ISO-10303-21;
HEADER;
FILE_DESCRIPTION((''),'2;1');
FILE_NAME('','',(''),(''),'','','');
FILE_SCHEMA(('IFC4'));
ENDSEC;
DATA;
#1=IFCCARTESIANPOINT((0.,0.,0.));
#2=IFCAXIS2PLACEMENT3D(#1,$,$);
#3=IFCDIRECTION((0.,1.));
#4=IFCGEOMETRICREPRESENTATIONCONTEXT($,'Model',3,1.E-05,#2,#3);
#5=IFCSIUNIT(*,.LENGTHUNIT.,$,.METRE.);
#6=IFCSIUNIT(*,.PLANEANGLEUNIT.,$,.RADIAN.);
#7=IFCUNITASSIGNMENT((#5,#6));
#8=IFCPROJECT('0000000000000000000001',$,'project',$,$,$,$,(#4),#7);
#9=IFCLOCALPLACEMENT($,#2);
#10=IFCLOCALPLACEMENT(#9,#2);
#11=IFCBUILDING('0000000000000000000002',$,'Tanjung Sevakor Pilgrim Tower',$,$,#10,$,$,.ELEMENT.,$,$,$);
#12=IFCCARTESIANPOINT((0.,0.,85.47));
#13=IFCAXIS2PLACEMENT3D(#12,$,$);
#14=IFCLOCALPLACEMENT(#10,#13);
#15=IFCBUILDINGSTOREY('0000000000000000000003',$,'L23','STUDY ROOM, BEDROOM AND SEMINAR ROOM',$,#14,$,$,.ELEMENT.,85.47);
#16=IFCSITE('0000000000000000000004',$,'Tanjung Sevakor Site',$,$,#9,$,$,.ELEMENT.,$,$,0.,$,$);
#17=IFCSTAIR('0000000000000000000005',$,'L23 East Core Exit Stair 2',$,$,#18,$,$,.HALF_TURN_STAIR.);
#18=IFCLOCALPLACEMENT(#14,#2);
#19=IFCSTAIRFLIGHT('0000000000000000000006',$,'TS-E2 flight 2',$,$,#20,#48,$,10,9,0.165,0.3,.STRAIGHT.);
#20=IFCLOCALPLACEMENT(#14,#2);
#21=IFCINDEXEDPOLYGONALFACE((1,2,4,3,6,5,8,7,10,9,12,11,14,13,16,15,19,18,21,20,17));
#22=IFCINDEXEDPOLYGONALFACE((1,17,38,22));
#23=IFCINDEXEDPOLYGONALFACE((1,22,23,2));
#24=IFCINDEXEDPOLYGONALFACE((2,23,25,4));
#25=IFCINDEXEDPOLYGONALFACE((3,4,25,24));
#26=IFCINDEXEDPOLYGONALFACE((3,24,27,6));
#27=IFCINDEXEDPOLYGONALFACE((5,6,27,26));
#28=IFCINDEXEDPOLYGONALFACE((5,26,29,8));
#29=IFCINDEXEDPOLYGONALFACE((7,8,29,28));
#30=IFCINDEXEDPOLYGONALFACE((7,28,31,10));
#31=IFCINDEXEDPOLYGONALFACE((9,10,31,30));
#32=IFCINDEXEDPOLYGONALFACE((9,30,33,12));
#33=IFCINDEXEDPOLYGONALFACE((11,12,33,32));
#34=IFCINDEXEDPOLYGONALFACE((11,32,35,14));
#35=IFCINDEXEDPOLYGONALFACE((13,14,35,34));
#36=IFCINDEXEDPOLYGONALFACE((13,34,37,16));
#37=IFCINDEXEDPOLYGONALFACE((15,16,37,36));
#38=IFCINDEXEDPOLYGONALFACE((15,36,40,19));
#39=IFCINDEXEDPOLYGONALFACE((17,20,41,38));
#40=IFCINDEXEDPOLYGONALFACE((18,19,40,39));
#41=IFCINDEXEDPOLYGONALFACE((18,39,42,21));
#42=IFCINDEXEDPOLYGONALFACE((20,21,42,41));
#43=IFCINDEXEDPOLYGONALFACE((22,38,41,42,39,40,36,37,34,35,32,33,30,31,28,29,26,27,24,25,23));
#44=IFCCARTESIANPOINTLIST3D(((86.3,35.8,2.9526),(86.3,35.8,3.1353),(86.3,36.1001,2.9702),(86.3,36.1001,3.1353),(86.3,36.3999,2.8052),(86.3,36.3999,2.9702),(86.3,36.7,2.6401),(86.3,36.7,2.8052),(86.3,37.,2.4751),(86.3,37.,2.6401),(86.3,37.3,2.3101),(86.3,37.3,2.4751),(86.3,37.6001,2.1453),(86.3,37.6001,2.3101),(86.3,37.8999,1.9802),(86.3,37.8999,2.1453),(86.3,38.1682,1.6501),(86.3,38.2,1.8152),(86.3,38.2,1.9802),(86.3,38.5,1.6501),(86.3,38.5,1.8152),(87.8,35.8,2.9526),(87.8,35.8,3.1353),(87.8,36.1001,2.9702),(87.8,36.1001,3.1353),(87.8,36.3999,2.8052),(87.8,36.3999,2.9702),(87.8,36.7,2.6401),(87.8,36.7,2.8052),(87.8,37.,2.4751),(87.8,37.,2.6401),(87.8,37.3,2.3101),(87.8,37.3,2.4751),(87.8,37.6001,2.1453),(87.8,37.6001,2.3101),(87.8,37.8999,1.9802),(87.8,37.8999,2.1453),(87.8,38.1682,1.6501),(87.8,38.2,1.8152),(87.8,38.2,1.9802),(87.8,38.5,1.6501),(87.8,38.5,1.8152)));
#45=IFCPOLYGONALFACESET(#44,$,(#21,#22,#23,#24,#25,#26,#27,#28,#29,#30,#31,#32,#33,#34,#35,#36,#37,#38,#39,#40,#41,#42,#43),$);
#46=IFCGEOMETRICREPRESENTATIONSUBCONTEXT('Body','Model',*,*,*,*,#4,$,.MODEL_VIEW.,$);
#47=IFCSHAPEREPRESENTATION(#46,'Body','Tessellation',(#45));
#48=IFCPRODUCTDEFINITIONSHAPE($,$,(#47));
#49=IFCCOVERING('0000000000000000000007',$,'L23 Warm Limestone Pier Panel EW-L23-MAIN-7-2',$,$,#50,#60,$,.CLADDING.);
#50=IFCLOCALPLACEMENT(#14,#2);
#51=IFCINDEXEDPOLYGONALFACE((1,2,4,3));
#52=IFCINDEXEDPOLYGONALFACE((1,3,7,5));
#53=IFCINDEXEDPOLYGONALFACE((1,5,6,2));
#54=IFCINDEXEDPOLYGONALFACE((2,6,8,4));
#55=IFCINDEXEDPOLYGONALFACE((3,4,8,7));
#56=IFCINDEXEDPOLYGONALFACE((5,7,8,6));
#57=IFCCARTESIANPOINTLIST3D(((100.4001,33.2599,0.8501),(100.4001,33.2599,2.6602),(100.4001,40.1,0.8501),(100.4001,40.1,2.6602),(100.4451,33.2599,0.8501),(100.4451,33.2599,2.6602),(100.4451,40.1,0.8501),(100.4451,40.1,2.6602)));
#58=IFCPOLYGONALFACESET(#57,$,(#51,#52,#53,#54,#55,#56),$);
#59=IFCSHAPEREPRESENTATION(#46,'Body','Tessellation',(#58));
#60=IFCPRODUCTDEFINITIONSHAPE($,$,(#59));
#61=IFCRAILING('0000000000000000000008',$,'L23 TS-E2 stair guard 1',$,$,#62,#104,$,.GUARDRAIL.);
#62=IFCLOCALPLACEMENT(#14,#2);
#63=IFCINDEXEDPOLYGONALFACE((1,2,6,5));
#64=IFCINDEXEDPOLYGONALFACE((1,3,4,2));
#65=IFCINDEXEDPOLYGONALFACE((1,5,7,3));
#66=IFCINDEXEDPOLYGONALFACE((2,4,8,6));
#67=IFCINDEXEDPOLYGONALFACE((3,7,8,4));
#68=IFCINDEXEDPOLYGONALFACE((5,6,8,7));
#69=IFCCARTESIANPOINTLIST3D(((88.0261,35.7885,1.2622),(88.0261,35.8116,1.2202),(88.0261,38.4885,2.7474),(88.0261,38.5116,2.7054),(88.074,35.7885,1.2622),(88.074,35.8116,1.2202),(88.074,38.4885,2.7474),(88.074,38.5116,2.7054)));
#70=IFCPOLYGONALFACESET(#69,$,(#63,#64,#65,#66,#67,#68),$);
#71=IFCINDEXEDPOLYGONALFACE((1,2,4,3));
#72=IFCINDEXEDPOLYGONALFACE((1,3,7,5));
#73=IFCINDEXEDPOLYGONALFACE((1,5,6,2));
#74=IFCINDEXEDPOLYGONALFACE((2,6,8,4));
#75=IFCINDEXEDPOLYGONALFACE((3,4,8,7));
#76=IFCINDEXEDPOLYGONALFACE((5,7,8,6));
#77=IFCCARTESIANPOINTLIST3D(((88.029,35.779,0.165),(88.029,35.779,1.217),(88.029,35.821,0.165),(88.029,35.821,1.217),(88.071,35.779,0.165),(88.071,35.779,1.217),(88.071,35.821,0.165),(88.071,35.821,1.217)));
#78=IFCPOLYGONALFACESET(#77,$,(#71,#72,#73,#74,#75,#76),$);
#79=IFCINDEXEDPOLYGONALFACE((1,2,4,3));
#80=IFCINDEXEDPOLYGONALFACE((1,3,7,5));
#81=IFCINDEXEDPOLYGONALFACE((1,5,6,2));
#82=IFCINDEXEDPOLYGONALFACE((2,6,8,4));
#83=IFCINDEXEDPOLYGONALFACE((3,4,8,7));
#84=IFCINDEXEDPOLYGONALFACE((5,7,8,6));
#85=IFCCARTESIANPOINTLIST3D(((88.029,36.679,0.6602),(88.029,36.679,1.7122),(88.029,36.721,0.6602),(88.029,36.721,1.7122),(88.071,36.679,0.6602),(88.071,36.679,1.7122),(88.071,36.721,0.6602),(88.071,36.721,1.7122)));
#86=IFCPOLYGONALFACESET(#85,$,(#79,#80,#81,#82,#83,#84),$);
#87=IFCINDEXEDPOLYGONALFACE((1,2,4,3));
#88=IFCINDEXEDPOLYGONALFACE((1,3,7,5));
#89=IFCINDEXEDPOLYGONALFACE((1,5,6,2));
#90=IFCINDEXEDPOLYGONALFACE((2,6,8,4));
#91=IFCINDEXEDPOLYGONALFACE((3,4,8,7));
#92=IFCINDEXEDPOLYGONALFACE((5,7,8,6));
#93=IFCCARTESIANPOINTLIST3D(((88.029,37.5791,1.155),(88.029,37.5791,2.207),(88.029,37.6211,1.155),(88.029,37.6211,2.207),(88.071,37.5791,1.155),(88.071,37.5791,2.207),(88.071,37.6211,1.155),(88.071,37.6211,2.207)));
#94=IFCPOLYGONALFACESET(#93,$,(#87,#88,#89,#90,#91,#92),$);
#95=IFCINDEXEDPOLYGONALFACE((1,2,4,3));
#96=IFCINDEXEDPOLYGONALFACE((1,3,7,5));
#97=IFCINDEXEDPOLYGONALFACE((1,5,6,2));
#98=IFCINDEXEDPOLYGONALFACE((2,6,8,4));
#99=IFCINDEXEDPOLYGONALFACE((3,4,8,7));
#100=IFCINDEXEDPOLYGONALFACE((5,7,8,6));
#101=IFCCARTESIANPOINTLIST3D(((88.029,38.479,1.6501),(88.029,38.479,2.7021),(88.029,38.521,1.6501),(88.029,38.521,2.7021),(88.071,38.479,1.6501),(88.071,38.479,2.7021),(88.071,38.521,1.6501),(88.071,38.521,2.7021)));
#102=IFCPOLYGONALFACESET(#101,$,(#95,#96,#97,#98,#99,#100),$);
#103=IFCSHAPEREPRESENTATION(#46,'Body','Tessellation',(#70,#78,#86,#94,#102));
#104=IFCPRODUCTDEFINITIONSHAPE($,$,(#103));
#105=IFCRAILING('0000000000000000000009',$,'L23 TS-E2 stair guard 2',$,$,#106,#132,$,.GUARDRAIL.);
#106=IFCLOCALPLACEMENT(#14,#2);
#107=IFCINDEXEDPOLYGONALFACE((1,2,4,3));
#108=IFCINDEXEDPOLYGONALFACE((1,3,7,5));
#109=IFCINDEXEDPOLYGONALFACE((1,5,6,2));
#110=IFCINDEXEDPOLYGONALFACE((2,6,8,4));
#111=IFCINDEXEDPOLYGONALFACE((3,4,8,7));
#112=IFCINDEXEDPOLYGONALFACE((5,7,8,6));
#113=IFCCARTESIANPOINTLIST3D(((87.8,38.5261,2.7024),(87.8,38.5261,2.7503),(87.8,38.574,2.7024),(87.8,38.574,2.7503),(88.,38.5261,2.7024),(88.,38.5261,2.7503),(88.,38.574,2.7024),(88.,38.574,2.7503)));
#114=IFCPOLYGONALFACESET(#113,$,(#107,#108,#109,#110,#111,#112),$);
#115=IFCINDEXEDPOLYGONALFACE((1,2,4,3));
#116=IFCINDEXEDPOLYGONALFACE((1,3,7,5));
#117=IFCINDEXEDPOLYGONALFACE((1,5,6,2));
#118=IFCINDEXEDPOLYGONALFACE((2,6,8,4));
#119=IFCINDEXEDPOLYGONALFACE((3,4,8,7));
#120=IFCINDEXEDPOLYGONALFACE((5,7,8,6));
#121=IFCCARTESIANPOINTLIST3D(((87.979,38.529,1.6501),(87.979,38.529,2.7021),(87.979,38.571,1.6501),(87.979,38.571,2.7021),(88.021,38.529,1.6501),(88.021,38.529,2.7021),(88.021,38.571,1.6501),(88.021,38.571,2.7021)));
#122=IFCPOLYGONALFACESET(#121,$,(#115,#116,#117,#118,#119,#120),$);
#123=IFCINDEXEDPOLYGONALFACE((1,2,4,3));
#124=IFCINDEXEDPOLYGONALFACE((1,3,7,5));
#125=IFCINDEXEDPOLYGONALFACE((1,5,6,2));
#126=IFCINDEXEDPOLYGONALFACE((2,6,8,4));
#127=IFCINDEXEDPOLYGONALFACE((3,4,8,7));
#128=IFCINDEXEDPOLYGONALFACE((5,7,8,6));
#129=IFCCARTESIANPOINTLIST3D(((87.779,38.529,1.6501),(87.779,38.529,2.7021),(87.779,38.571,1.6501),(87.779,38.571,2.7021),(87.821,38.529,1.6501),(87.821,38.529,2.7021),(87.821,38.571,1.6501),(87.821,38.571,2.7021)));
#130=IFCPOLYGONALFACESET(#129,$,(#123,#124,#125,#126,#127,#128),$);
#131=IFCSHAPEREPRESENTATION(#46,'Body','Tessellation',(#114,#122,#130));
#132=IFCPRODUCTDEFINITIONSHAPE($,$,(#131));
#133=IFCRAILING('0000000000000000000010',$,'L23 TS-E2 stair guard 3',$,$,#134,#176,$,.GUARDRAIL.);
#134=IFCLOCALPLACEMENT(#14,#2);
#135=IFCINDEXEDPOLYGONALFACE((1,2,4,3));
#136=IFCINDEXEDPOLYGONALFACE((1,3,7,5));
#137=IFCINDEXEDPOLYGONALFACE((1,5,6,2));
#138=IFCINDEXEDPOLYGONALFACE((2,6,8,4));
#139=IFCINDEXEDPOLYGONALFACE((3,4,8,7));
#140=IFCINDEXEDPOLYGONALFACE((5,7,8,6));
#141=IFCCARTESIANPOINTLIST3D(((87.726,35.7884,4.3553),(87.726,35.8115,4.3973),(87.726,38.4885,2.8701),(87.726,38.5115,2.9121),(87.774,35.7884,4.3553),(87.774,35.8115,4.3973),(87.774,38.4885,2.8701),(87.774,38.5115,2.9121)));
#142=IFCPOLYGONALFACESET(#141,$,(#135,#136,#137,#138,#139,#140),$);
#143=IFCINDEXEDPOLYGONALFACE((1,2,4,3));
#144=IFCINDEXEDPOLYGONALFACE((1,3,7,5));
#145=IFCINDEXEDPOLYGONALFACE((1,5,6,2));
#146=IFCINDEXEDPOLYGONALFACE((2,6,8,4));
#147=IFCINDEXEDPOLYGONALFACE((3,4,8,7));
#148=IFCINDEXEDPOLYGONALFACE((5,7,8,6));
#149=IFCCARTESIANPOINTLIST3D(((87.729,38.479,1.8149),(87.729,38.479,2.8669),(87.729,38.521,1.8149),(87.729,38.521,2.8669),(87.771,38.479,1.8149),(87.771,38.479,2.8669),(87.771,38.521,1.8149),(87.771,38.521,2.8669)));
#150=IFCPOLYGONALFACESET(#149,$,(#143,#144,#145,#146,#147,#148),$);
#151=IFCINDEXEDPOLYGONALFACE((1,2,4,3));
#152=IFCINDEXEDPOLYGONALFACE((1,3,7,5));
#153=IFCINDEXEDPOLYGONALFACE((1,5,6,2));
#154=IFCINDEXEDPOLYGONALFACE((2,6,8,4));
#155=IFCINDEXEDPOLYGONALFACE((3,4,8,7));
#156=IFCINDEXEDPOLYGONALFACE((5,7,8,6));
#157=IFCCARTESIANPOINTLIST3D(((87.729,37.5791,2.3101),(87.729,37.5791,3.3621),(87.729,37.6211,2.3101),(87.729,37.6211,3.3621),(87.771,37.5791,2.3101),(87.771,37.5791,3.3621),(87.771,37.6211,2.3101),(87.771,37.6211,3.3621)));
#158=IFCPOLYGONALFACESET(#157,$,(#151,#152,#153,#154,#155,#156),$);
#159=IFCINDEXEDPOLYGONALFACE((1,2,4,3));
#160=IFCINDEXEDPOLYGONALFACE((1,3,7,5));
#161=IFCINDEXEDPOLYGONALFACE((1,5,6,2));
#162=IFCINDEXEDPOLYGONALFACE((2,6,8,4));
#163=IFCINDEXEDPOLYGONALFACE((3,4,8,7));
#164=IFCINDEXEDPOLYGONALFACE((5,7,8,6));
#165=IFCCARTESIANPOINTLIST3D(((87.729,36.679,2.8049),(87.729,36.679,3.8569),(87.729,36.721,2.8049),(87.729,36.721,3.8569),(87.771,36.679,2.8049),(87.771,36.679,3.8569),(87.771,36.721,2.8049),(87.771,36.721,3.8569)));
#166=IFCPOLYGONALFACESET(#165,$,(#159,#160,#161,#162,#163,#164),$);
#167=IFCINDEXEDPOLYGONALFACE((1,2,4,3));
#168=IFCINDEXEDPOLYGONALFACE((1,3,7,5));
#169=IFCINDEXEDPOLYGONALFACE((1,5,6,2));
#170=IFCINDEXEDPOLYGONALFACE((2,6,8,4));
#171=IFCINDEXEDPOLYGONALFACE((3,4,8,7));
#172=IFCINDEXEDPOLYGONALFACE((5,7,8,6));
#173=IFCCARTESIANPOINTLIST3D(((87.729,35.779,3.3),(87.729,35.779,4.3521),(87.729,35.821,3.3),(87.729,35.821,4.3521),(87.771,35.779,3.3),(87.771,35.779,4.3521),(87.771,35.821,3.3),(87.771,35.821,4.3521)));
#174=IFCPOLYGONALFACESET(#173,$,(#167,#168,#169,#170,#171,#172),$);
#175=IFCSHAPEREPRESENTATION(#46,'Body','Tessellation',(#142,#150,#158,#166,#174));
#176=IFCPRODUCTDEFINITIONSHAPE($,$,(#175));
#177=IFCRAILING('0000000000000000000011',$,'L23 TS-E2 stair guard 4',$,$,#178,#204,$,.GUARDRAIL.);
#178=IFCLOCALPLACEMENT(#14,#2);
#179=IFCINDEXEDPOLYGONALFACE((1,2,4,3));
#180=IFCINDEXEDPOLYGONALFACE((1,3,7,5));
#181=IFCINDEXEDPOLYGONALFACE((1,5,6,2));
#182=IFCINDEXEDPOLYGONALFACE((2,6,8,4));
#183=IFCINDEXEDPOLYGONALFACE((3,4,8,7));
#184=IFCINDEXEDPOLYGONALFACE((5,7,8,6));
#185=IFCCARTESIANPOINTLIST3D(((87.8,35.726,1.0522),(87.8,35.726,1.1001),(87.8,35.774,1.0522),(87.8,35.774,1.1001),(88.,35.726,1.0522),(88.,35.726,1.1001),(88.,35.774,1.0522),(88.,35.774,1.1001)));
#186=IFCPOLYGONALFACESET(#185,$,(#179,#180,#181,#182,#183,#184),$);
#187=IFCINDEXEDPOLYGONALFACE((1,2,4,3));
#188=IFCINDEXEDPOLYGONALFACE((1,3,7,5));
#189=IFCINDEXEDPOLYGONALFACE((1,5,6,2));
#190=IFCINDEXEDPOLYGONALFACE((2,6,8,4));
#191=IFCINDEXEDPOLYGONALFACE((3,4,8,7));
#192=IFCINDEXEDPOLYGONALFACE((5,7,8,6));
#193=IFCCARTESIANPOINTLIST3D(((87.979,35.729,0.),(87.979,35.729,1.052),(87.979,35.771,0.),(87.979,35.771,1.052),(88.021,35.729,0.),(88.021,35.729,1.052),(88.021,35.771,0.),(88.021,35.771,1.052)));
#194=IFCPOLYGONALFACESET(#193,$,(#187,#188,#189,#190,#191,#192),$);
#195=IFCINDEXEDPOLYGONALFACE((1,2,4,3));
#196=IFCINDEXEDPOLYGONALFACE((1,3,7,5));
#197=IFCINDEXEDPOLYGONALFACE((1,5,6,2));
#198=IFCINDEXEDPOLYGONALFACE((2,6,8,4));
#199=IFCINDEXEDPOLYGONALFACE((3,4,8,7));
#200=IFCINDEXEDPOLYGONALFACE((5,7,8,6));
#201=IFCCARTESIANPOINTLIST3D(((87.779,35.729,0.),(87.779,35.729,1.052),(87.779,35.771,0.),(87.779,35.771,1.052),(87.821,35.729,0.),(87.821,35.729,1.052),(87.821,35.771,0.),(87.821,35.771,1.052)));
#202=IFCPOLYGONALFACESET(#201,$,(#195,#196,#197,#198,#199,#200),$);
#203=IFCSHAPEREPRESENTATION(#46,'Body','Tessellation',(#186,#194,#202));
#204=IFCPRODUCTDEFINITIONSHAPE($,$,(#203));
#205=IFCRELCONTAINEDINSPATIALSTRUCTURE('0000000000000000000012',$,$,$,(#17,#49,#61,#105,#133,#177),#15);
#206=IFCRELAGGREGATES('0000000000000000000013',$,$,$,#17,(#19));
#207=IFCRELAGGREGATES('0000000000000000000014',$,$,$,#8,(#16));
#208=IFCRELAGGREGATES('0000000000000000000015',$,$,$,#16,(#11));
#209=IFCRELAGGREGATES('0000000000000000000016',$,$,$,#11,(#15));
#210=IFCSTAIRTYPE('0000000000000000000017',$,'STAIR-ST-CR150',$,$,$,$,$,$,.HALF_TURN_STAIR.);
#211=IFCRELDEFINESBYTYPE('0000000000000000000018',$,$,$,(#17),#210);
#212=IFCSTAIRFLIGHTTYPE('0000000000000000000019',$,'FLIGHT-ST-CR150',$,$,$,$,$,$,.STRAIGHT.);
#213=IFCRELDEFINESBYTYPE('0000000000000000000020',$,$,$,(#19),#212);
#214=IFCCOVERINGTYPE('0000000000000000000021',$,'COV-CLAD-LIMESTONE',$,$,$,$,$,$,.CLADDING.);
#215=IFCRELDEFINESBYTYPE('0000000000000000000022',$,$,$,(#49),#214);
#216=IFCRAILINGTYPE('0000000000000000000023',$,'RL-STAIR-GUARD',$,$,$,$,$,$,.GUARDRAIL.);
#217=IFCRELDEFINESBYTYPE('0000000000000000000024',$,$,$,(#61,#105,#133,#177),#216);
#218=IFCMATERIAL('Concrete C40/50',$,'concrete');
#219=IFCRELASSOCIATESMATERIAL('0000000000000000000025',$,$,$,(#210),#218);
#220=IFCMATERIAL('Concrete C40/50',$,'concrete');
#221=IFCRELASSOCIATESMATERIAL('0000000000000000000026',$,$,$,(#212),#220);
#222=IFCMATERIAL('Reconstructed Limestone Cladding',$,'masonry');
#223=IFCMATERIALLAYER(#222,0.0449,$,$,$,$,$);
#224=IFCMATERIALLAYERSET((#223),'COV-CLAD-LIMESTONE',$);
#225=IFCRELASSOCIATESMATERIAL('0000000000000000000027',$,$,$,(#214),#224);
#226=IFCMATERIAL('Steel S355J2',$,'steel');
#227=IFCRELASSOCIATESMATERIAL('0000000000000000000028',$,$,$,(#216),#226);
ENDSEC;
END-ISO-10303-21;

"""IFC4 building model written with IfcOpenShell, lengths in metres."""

from ifc_helpers import new_model, si_unit, direction, frame, origin, origin_2d, place, context, subcontext, project, spatial, polyline, rectangle, outline, extrude, material, layer, layer_set, type_object, element, aggregate, save


model = new_model("IFC4")

# Units and contexts
model_context = context("Model", 3, precision=1e-05, world=origin(), true_north=direction((0.0, 1.0)))
body_context = subcontext(model_context, "Body", "Model", "MODEL_VIEW")
ifc_project = project(units=[si_unit("LENGTHUNIT", "METRE"), si_unit("PLANEANGLEUNIT", "RADIAN")], contexts=[model_context])

# Site, building, storey
site_placement = place(None, origin())
site = spatial("IfcSite", under=ifc_project, at=site_placement, Name="Tanjung Sevakor Site", CompositionType="ELEMENT", RefElevation=0.0)
building_placement = place(site_placement, origin())
building = spatial("IfcBuilding", under=site, at=building_placement, Name="Tanjung Sevakor Pilgrim Tower", CompositionType="ELEMENT")
storey_placement = place(building_placement, frame((0.0, 0.0, 85.47)))
storey = spatial("IfcBuildingStorey", under=building, at=storey_placement, Name="L23", Description="STUDY ROOM, BEDROOM AND SEMINAR ROOM", CompositionType="ELEMENT", Elevation=85.47)

# Stair, stair flight
ifc_material_1 = material(Name="Concrete C40/50", Category="concrete")
stair_type = type_object("IfcStairType", Name="STAIR-ST-CR150", PredefinedType="HALF_TURN_STAIR", material=ifc_material_1)
stair_placement = place(storey_placement, origin())
stair = element("IfcStair", 1, at=stair_placement, inside=storey, type_object=stair_type, Name="L23 East Core Exit Stair 2", PredefinedType="HALF_TURN_STAIR")
ifc_material_2 = material(Name="Concrete C40/50", Category="concrete")
stair_flight_type = type_object("IfcStairFlightType", Name="FLIGHT-ST-CR150", PredefinedType="STRAIGHT", material=ifc_material_2)
stair_flight_1_placement = place(storey_placement, frame((87.05, 38.5, 1.6501), z_axis=(0.0, 0.0, 1.0), x_axis=(0.0, -1.0, 0.0)))
stair_flight_1 = element("IfcStairFlight", 2, at=stair_flight_1_placement, type_object=stair_flight_type, Name="TS-E2 flight 2", NumberOfRisers=10, NumberOfTreads=9, PredefinedType="STRAIGHT", RiserHeight=0.165, TreadLength=0.3, context=body_context, shape_type="SweptSolid", body=[
    extrude(outline(polyline([(0.0, 0.0), (0.0, 0.165), (0.3, 0.165), (0.3, 0.3301), (0.6001, 0.3301), (0.6001, 0.4951), (0.8999, 0.4951), (0.8999, 0.6599), (1.2, 0.6599), (1.2, 0.825), (1.5, 0.825), (1.5, 0.99), (1.8, 0.99), (1.8, 1.155), (2.1001, 1.155), (2.1001, 1.3201), (2.3999, 1.3201), (2.3999, 1.4851), (2.7, 1.4851), (2.7, 1.6499), (2.7, 1.3025), (0.3318, 0.0), (0.0, 0.0)])), frame((0.0, 0.75, 0.0), z_axis=(0.0, -1.0, 0.0), x_axis=(1.0, 0.0, 0.0)), (0.0, 0.0, 1.0), 1.5),
])
aggregate(stair, [stair_flight_1])

# Covering
ifc_material_3 = material(Name="Reconstructed Limestone Cladding", Category="masonry")
ifc_layer_1 = layer(ifc_material_3, 0.0449)
ifc_layer_set_1 = layer_set([ifc_layer_1], Name="COV-CLAD-LIMESTONE")
covering_type = type_object("IfcCoveringType", Name="COV-CLAD-LIMESTONE", PredefinedType="CLADDING", material=ifc_layer_set_1)
covering_placement = place(storey_placement, frame((100.4226, 36.6799, 0.8501), z_axis=(0.0, 0.0, 1.0), x_axis=(0.0, 1.0, 0.0)))
element("IfcCovering", 3, at=covering_placement, inside=storey, type_object=covering_type, Name="L23 Warm Limestone Pier Panel EW-L23-MAIN-7-2", PredefinedType="CLADDING", context=body_context, shape_type="SweptSolid", body=[
    extrude(rectangle(XDim=6.8401, YDim=0.0449, at=origin_2d()), origin(), (0.0, 0.0, 1.0), 1.8101),
])

# Railings
ifc_material_4 = material(Name="Steel S355J2", Category="steel")
railing_type_1 = type_object("IfcRailingType", Name="RL-STAIR-GUARD", PredefinedType="GUARDRAIL", material=ifc_material_4)
railing_1_placement = place(storey_placement, frame((88.05, 35.8, 0.165)))
element("IfcRailing", 4, at=railing_1_placement, inside=storey, type_object=railing_type_1, Name="L23 TS-E2 stair guard 1", PredefinedType="GUARDRAIL", context=body_context, shape_type="SweptSolid", body=[
    extrude(rectangle(XDim=0.0479, YDim=0.0479), frame((0.0, 0.0, 1.0762), z_axis=(0.0, 0.876198, 0.481952), x_axis=(-1.0, 0.0, 0.0)), (0.0, 0.0, 1.0), 3.0815),
    extrude(rectangle(XDim=0.042, YDim=0.042), origin(), (0.0, 0.0, 1.0), 1.052),
    extrude(rectangle(XDim=0.042, YDim=0.042), frame((0.0, 0.8999, 0.4951)), (0.0, 0.0, 1.0), 1.052),
    extrude(rectangle(XDim=0.042, YDim=0.042), frame((0.0, 1.8, 0.99)), (0.0, 0.0, 1.0), 1.052),
    extrude(rectangle(XDim=0.042, YDim=0.042), frame((0.0, 2.7, 1.4851)), (0.0, 0.0, 1.0), 1.052),
])
railing_2_placement = place(storey_placement, frame((88.0, 38.55, 1.6501)))
element("IfcRailing", 5, at=railing_2_placement, inside=storey, type_object=railing_type_1, Name="L23 TS-E2 stair guard 2", PredefinedType="GUARDRAIL", context=body_context, shape_type="SweptSolid", body=[
    extrude(rectangle(XDim=0.0479, YDim=0.0479), frame((0.0, 0.0, 1.0762), z_axis=(-1.0, 0.0, 0.0), x_axis=(0.0, -1.0, 0.0)), (0.0, 0.0, 1.0), 0.2),
    extrude(rectangle(XDim=0.042, YDim=0.042), origin(), (0.0, 0.0, 1.0), 1.052),
    extrude(rectangle(XDim=0.042, YDim=0.042), frame((-0.2, 0.0, 0.0)), (0.0, 0.0, 1.0), 1.052),
])
railing_3_placement = place(storey_placement, frame((87.75, 38.5, 1.8149)))
element("IfcRailing", 6, at=railing_3_placement, inside=storey, type_object=railing_type_1, Name="L23 TS-E2 stair guard 3", PredefinedType="GUARDRAIL", context=body_context, shape_type="SweptSolid", body=[
    extrude(rectangle(XDim=0.0479, YDim=0.0479), frame((0.0, 0.0, 1.0762), z_axis=(0.0, -0.876198, 0.481952), x_axis=(1.0, 0.0, 0.0)), (0.0, 0.0, 1.0), 3.0815),
    extrude(rectangle(XDim=0.042, YDim=0.042), origin(), (0.0, 0.0, 1.0), 1.052),
    extrude(rectangle(XDim=0.042, YDim=0.042), frame((0.0, -0.8999, 0.4951)), (0.0, 0.0, 1.0), 1.052),
    extrude(rectangle(XDim=0.042, YDim=0.042), frame((0.0, -1.8, 0.99)), (0.0, 0.0, 1.0), 1.052),
    extrude(rectangle(XDim=0.042, YDim=0.042), frame((0.0, -2.7, 1.4851)), (0.0, 0.0, 1.0), 1.052),
])
railing_4_placement = place(storey_placement, frame((88.0, 35.75, 0.0)))
element("IfcRailing", 7, at=railing_4_placement, inside=storey, type_object=railing_type_1, Name="L23 TS-E2 stair guard 4", PredefinedType="GUARDRAIL", context=body_context, shape_type="SweptSolid", body=[
    extrude(rectangle(XDim=0.0479, YDim=0.0479), frame((0.0, 0.0, 1.0762), z_axis=(-1.0, 0.0, 0.0), x_axis=(0.0, -1.0, 0.0)), (0.0, 0.0, 1.0), 0.2),
    extrude(rectangle(XDim=0.042, YDim=0.042), origin(), (0.0, 0.0, 1.0), 1.052),
    extrude(rectangle(XDim=0.042, YDim=0.042), frame((-0.2, 0.0, 0.0)), (0.0, 0.0, 1.0), 1.052),
])

save(model, "model.ifc")
